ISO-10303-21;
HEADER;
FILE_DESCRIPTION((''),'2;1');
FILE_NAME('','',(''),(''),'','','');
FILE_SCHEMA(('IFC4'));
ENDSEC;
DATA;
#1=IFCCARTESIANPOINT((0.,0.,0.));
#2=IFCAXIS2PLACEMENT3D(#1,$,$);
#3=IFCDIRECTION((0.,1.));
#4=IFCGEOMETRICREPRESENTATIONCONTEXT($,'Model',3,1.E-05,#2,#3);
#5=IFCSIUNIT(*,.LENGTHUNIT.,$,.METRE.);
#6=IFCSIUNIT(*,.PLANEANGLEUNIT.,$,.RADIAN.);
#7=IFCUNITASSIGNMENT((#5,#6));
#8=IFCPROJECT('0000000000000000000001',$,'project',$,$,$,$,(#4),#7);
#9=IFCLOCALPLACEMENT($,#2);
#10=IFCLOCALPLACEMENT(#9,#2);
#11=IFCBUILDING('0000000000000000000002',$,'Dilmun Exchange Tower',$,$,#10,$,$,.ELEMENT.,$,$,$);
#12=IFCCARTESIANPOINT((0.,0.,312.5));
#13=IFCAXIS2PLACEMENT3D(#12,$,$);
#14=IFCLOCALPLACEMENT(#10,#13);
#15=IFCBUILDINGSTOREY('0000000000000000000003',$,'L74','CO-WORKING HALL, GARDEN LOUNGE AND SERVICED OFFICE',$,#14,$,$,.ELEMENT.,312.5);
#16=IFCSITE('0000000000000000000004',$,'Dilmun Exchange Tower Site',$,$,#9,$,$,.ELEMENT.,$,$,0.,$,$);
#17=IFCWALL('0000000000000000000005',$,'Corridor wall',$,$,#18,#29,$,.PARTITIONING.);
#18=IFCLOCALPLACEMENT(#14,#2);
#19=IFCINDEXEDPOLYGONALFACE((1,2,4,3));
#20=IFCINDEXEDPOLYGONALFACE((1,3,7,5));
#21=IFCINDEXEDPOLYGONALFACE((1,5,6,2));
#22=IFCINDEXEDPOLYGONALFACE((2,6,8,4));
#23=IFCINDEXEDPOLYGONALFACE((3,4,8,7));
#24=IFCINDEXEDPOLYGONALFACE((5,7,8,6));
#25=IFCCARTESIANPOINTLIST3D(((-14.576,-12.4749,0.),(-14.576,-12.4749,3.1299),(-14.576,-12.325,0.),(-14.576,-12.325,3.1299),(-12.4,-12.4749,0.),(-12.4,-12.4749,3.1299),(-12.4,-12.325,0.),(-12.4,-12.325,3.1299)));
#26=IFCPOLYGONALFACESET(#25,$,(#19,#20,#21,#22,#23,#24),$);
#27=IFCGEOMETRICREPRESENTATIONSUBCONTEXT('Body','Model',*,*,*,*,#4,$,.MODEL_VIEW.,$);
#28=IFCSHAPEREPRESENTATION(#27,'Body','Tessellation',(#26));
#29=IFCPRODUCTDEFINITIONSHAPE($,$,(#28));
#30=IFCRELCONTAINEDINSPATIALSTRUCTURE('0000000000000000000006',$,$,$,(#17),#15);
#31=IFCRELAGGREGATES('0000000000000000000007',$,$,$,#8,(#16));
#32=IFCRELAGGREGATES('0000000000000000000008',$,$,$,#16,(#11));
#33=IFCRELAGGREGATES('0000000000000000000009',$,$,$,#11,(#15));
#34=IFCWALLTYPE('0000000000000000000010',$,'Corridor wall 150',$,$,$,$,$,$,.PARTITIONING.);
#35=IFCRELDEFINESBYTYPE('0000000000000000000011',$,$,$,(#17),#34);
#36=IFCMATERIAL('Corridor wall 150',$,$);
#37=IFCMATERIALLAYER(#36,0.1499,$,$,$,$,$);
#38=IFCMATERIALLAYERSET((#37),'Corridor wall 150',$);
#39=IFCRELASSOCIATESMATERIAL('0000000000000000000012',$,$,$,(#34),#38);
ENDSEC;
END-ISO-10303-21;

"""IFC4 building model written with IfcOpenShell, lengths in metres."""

from ifc_helpers import new_model, si_unit, direction, frame, frame_2d, origin, place, context, subcontext, project, spatial, rectangle, extrude, material, layer, layer_set, type_object, element, save


model = new_model("IFC4")

# Units and contexts
model_context = context("Model", 3, precision=1e-05, world=origin(), true_north=direction((0.0, 1.0)))
body_context = subcontext(model_context, "Body", "Model", "MODEL_VIEW")
ifc_project = project(units=[si_unit("LENGTHUNIT", "METRE"), si_unit("PLANEANGLEUNIT", "RADIAN")], contexts=[model_context])

# Site, building, storey
site_placement = place(None, origin())
site = spatial("IfcSite", under=ifc_project, at=site_placement, Name="Dilmun Exchange Tower Site", CompositionType="ELEMENT", RefElevation=0.0)
building_placement = place(site_placement, origin())
building = spatial("IfcBuilding", under=site, at=building_placement, Name="Dilmun Exchange Tower", CompositionType="ELEMENT")
storey_placement = place(building_placement, frame((0.0, 0.0, 312.5)))
storey = spatial("IfcBuildingStorey", under=building, at=storey_placement, Name="L74", Description="CO-WORKING HALL, GARDEN LOUNGE AND SERVICED OFFICE", CompositionType="ELEMENT", Elevation=312.5)

# Shared definitions
ifc_material_1 = material(Name="Corridor wall 150")
ifc_layer_1 = layer(ifc_material_1, 0.1499)
ifc_layer_set_1 = layer_set([ifc_layer_1], Name="Corridor wall 150")
wall_type_1 = type_object("IfcWallType", Name="Corridor wall 150", PredefinedType="PARTITIONING", material=ifc_layer_set_1)

# Wall
wall_1_placement = place(storey_placement, frame((-14.5759, -12.3999, 0.0), z_axis=(0.0, 0.0, 1.0), x_axis=(1.0, 0.0, 0.0)))
element("IfcWall", 1, at=wall_1_placement, inside=storey, type_object=wall_type_1, Name="Corridor wall", PredefinedType="PARTITIONING", context=body_context, shape_type="SweptSolid", body=[
    extrude(rectangle(XDim=2.176, YDim=0.1499, at=frame_2d((1.0879, 0.0))), origin(), (0.0, 0.0, 1.0), 3.1299),
])

save(model, "model.ifc")
